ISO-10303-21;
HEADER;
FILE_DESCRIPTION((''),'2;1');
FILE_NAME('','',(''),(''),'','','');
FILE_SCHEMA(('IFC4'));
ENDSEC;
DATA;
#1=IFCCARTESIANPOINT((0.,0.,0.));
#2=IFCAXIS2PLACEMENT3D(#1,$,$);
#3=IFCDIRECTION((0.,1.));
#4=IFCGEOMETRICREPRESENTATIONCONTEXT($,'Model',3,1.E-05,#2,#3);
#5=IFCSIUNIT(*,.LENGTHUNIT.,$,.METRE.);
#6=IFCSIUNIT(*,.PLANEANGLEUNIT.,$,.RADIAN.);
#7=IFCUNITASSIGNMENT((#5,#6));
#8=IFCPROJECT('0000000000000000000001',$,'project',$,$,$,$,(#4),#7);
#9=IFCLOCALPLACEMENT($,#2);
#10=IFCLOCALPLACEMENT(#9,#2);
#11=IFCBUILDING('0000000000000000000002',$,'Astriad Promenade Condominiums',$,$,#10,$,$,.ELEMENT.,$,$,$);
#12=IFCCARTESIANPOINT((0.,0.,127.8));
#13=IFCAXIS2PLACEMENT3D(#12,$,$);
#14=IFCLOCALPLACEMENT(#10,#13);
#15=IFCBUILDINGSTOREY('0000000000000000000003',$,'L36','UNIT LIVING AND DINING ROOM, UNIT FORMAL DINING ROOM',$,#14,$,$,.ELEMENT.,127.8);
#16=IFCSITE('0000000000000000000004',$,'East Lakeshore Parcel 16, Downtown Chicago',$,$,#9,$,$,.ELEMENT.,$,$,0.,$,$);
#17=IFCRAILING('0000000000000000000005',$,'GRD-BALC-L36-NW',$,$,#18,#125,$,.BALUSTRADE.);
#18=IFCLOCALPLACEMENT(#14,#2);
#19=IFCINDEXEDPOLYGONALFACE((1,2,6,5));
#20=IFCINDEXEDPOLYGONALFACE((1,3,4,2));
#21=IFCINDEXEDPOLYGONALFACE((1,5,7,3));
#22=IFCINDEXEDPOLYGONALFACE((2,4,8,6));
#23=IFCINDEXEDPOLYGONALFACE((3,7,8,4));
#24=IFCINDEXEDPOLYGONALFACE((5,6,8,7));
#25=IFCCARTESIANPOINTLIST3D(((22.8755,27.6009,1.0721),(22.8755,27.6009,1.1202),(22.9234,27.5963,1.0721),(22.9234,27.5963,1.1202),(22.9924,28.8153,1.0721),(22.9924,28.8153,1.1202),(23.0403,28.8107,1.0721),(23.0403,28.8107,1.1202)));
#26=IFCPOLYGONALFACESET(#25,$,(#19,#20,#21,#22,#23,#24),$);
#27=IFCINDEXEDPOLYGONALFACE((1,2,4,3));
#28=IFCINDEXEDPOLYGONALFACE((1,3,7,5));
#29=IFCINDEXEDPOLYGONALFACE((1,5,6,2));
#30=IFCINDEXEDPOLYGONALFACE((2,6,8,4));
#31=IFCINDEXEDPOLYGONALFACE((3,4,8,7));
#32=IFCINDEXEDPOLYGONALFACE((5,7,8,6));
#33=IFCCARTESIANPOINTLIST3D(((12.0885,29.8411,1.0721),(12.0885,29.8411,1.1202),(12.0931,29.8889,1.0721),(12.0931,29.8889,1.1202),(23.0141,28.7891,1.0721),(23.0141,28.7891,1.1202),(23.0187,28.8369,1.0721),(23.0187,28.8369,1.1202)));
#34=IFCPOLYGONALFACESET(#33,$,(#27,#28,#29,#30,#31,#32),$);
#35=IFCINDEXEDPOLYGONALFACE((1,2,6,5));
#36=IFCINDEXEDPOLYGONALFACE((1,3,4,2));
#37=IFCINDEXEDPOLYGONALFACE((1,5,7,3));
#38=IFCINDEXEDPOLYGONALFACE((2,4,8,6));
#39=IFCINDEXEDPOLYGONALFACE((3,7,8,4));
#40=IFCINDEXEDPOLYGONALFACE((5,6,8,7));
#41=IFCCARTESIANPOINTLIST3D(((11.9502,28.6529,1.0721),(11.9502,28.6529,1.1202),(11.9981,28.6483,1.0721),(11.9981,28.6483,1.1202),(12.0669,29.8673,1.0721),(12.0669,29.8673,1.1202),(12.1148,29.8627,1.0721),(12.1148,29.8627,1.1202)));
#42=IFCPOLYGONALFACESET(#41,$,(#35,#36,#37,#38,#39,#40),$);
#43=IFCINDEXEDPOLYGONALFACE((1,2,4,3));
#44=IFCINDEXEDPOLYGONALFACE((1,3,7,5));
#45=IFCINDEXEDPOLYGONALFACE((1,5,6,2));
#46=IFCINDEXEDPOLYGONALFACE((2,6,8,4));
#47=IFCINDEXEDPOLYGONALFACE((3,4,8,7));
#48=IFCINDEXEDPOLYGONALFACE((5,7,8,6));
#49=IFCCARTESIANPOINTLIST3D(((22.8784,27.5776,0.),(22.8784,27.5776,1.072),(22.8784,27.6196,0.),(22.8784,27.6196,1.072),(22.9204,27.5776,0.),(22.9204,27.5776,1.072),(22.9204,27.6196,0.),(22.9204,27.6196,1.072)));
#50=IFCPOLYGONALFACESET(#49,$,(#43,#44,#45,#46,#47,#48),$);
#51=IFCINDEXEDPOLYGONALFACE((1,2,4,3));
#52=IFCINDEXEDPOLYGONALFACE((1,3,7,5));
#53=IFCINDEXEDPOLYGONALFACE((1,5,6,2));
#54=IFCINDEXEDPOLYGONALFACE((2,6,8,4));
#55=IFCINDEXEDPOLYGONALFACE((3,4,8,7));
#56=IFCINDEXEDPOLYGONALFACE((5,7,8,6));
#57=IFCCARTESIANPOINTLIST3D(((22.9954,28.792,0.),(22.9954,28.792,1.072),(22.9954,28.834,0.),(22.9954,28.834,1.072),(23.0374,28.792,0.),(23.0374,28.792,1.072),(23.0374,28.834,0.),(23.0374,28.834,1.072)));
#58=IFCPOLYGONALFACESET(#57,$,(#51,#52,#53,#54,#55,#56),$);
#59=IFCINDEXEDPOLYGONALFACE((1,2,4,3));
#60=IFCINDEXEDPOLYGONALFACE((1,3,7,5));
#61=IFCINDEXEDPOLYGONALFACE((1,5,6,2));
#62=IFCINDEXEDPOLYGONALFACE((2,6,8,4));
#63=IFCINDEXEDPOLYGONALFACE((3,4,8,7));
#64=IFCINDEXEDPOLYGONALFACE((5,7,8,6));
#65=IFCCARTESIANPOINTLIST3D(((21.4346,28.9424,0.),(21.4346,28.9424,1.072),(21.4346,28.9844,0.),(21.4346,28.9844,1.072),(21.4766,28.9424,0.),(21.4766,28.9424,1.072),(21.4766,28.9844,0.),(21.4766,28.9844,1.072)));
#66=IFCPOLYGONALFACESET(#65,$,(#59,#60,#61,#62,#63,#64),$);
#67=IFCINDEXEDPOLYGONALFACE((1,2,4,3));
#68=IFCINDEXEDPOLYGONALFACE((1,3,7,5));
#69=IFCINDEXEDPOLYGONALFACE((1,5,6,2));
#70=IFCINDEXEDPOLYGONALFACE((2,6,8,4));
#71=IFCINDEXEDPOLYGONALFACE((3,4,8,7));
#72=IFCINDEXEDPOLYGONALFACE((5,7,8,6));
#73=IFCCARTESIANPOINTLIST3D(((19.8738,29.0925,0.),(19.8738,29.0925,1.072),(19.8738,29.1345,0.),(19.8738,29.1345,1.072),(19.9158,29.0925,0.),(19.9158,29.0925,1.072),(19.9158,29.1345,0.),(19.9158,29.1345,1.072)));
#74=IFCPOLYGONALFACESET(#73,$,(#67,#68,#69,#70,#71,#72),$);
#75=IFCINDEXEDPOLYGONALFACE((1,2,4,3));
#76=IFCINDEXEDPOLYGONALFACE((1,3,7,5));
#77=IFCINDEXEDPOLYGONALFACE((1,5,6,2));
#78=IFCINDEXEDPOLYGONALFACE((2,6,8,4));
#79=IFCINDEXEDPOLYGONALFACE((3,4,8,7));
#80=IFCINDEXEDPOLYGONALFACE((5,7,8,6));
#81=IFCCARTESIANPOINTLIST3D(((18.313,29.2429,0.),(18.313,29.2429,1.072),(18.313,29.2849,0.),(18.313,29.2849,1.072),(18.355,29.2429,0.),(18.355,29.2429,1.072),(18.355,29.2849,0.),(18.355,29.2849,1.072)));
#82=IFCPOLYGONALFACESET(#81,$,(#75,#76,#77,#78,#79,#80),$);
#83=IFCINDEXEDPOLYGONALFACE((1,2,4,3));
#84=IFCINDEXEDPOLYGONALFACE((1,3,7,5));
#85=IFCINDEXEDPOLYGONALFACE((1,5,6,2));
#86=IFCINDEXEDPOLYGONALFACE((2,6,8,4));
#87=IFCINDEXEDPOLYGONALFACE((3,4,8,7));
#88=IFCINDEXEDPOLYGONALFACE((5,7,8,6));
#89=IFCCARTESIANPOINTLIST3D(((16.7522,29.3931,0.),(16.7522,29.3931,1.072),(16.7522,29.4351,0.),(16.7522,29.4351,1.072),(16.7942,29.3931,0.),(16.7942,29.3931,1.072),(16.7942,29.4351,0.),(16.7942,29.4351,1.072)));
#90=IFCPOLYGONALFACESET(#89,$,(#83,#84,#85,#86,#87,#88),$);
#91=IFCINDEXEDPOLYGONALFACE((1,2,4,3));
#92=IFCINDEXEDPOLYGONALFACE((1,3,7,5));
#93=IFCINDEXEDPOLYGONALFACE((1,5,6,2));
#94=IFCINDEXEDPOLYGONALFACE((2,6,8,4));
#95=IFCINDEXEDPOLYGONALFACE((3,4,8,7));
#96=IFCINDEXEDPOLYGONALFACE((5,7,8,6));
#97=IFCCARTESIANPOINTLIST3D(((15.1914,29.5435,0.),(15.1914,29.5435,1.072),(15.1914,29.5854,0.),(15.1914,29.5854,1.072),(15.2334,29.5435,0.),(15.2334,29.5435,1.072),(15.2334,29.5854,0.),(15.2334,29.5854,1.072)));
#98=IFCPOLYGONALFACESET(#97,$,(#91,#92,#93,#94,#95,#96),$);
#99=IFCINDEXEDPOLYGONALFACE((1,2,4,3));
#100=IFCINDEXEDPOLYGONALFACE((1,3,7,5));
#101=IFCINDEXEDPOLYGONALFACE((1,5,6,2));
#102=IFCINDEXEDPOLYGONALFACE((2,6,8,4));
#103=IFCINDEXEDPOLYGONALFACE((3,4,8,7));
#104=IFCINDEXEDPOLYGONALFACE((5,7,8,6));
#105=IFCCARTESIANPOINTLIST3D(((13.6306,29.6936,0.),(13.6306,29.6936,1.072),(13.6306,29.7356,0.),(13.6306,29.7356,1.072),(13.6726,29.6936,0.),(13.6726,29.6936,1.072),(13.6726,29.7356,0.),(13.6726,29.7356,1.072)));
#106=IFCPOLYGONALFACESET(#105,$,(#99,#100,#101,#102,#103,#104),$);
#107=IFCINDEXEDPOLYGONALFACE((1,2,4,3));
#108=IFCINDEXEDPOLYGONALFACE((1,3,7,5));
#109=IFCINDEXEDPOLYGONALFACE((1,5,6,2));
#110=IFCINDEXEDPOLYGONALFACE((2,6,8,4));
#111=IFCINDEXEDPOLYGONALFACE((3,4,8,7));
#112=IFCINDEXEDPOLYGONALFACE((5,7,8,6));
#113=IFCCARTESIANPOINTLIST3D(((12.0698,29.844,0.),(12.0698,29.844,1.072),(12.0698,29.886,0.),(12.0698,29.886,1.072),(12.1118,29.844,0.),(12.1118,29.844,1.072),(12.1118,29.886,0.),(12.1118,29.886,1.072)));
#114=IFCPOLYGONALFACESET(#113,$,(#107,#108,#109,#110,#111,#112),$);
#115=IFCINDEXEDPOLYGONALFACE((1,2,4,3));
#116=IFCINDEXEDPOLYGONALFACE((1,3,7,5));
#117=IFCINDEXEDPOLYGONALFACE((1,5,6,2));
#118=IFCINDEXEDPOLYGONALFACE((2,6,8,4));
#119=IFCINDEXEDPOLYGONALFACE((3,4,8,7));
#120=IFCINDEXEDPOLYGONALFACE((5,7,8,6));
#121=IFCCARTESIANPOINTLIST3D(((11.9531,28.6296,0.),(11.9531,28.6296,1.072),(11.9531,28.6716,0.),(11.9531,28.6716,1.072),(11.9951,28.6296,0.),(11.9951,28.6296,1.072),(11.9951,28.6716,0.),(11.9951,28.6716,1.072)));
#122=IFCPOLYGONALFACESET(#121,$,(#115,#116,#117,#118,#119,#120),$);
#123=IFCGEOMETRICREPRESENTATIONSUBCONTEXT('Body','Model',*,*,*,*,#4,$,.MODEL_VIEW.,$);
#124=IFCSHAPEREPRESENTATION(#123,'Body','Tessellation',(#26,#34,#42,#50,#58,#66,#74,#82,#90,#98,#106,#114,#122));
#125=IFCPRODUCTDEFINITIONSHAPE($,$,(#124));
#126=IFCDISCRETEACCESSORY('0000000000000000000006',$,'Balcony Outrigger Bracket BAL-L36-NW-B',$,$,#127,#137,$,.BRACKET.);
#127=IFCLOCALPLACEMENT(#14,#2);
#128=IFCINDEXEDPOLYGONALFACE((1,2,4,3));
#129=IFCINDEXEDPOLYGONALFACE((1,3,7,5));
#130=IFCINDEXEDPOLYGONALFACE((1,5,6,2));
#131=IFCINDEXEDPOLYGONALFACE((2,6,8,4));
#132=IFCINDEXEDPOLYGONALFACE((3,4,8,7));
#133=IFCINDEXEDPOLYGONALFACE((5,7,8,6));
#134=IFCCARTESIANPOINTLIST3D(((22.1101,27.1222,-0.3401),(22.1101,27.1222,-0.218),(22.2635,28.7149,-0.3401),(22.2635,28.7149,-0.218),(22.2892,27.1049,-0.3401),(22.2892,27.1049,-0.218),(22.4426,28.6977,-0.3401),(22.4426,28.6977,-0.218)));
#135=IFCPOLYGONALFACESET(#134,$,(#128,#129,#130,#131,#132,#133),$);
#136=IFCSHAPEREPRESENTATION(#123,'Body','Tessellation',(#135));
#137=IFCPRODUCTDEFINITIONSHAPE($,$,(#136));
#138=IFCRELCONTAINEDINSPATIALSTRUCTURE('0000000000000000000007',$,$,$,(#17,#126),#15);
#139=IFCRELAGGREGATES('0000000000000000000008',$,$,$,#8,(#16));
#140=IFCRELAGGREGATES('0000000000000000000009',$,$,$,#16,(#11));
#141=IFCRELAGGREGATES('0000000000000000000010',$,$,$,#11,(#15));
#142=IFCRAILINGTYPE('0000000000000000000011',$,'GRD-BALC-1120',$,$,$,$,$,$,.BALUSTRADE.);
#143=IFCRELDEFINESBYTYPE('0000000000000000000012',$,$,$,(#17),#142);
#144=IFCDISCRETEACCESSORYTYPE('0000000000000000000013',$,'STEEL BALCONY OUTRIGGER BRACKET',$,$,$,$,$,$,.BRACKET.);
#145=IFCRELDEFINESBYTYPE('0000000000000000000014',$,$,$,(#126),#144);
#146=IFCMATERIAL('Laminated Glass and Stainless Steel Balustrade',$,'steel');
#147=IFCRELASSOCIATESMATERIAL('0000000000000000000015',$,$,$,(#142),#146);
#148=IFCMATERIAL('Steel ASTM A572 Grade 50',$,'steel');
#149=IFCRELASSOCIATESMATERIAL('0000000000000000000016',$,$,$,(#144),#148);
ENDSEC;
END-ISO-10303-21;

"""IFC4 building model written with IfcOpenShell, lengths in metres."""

from ifc_helpers import new_model, si_unit, direction, frame, origin, origin_2d, place, context, subcontext, project, spatial, rectangle, extrude, source, transform, mapped, material, type_object, type_shapes, element, save


model = new_model("IFC4")

# Units and contexts
model_context = context("Model", 3, precision=1e-05, world=origin(), true_north=direction((0.0, 1.0)))
body_context = subcontext(model_context, "Body", "Model", "MODEL_VIEW")
ifc_project = project(units=[si_unit("LENGTHUNIT", "METRE"), si_unit("PLANEANGLEUNIT", "RADIAN")], contexts=[model_context])

# Site, building, storey
site_placement = place(None, origin())
site = spatial("IfcSite", under=ifc_project, at=site_placement, Name="East Lakeshore Parcel 16, Downtown Chicago", CompositionType="ELEMENT", RefElevation=0.0)
building_placement = place(site_placement, origin())
building = spatial("IfcBuilding", under=site, at=building_placement, Name="Astriad Promenade Condominiums", CompositionType="ELEMENT")
storey_placement = place(building_placement, frame((0.0, 0.0, 127.8)))
storey = spatial("IfcBuildingStorey", under=building, at=storey_placement, Name="L36", Description="UNIT LIVING AND DINING ROOM, UNIT FORMAL DINING ROOM", CompositionType="ELEMENT", Elevation=127.8)

# Railing
ifc_material_1 = material(Name="Laminated Glass and Stainless Steel Balustrade", Category="steel")
railing_type = type_object("IfcRailingType", Name="GRD-BALC-1120", PredefinedType="BALUSTRADE", material=ifc_material_1)
shared_shape_1 = source(origin(), body_context, "Body", "SweptSolid", [
    extrude(rectangle(XDim=0.0481, YDim=0.0481, at=origin_2d()), frame((0.0, 0.0, 1.0962), z_axis=(0.095857, 0.995395, 0.0), x_axis=(-0.995395, 0.095857, 0.0)), (0.0, 0.0, 1.0), 1.22),
    extrude(rectangle(XDim=0.0481, YDim=0.0481, at=origin_2d()), frame((0.1169, 1.2144, 1.0962), z_axis=(-0.995396, 0.095845, 0.0), x_axis=(-0.095845, -0.995396, 0.0)), (0.0, 0.0, 1.0), 10.9761),
    extrude(rectangle(XDim=0.0481, YDim=0.0481, at=origin_2d()), frame((-10.8086, 2.2664, 1.0962), z_axis=(-0.095659, -0.995414, 0.0), x_axis=(0.995414, -0.095659, 0.0)), (0.0, 0.0, 1.0), 1.22),
    extrude(rectangle(XDim=0.042, YDim=0.042, at=origin_2d()), origin(), (0.0, 0.0, 1.0), 1.072),
    extrude(rectangle(XDim=0.042, YDim=0.042, at=origin_2d()), frame((0.1169, 1.2144, 0.0)), (0.0, 0.0, 1.0), 1.072),
    extrude(rectangle(XDim=0.042, YDim=0.042, at=origin_2d()), frame((-1.4438, 1.3647, 0.0)), (0.0, 0.0, 1.0), 1.072),
    extrude(rectangle(XDim=0.042, YDim=0.042, at=origin_2d()), frame((-3.0046, 1.5149, 0.0)), (0.0, 0.0, 1.0), 1.072),
    extrude(rectangle(XDim=0.042, YDim=0.042, at=origin_2d()), frame((-4.5654, 1.6653, 0.0)), (0.0, 0.0, 1.0), 1.072),
    extrude(rectangle(XDim=0.042, YDim=0.042, at=origin_2d()), frame((-6.1262, 1.8154, 0.0)), (0.0, 0.0, 1.0), 1.072),
    extrude(rectangle(XDim=0.042, YDim=0.042, at=origin_2d()), frame((-7.687, 1.9658, 0.0)), (0.0, 0.0, 1.0), 1.072),
    extrude(rectangle(XDim=0.042, YDim=0.042, at=origin_2d()), frame((-9.2478, 2.116, 0.0)), (0.0, 0.0, 1.0), 1.072),
    extrude(rectangle(XDim=0.042, YDim=0.042, at=origin_2d()), frame((-10.8086, 2.2664, 0.0)), (0.0, 0.0, 1.0), 1.072),
    extrude(rectangle(XDim=0.042, YDim=0.042, at=origin_2d()), frame((-10.9253, 1.052, 0.0)), (0.0, 0.0, 1.0), 1.072),
])
type_shapes(railing_type, [shared_shape_1])
railing_placement = place(storey_placement, frame((22.8994, 27.5986, 0.0)))
element("IfcRailing", 1, at=railing_placement, inside=storey, type_object=railing_type, Name="GRD-BALC-L36-NW", PredefinedType="BALUSTRADE", context=body_context, shape_type="MappedRepresentation", body=[
    mapped(shared_shape_1, transform((0.0, 0.0, 0.0), scale=1.0)),
])

# Discrete accessory
ifc_material_2 = material(Name="Steel ASTM A572 Grade 50", Category="steel")
discrete_accessory_type = type_object("IfcDiscreteAccessoryType", Name="STEEL BALCONY OUTRIGGER BRACKET", PredefinedType="BRACKET", material=ifc_material_2)
shared_shape_2 = source(origin(), body_context, "Body", "SweptSolid", [
    extrude(rectangle(XDim=1.6001, YDim=0.1799, at=origin_2d()), origin(), (0.0, 0.0, 1.0), 0.1221),
])
type_shapes(discrete_accessory_type, [shared_shape_2])
discrete_accessory_placement = place(storey_placement, frame((22.2764, 27.9099, -0.3401), z_axis=(0.0, 0.0, 1.0), x_axis=(0.095846, 0.995396, 0.0)))
element("IfcDiscreteAccessory", 2, at=discrete_accessory_placement, inside=storey, type_object=discrete_accessory_type, Name="Balcony Outrigger Bracket BAL-L36-NW-B", PredefinedType="BRACKET", context=body_context, shape_type="MappedRepresentation", body=[
    mapped(shared_shape_2, transform((0.0, 0.0, 0.0), scale=1.0)),
])

save(model, "model.ifc")
